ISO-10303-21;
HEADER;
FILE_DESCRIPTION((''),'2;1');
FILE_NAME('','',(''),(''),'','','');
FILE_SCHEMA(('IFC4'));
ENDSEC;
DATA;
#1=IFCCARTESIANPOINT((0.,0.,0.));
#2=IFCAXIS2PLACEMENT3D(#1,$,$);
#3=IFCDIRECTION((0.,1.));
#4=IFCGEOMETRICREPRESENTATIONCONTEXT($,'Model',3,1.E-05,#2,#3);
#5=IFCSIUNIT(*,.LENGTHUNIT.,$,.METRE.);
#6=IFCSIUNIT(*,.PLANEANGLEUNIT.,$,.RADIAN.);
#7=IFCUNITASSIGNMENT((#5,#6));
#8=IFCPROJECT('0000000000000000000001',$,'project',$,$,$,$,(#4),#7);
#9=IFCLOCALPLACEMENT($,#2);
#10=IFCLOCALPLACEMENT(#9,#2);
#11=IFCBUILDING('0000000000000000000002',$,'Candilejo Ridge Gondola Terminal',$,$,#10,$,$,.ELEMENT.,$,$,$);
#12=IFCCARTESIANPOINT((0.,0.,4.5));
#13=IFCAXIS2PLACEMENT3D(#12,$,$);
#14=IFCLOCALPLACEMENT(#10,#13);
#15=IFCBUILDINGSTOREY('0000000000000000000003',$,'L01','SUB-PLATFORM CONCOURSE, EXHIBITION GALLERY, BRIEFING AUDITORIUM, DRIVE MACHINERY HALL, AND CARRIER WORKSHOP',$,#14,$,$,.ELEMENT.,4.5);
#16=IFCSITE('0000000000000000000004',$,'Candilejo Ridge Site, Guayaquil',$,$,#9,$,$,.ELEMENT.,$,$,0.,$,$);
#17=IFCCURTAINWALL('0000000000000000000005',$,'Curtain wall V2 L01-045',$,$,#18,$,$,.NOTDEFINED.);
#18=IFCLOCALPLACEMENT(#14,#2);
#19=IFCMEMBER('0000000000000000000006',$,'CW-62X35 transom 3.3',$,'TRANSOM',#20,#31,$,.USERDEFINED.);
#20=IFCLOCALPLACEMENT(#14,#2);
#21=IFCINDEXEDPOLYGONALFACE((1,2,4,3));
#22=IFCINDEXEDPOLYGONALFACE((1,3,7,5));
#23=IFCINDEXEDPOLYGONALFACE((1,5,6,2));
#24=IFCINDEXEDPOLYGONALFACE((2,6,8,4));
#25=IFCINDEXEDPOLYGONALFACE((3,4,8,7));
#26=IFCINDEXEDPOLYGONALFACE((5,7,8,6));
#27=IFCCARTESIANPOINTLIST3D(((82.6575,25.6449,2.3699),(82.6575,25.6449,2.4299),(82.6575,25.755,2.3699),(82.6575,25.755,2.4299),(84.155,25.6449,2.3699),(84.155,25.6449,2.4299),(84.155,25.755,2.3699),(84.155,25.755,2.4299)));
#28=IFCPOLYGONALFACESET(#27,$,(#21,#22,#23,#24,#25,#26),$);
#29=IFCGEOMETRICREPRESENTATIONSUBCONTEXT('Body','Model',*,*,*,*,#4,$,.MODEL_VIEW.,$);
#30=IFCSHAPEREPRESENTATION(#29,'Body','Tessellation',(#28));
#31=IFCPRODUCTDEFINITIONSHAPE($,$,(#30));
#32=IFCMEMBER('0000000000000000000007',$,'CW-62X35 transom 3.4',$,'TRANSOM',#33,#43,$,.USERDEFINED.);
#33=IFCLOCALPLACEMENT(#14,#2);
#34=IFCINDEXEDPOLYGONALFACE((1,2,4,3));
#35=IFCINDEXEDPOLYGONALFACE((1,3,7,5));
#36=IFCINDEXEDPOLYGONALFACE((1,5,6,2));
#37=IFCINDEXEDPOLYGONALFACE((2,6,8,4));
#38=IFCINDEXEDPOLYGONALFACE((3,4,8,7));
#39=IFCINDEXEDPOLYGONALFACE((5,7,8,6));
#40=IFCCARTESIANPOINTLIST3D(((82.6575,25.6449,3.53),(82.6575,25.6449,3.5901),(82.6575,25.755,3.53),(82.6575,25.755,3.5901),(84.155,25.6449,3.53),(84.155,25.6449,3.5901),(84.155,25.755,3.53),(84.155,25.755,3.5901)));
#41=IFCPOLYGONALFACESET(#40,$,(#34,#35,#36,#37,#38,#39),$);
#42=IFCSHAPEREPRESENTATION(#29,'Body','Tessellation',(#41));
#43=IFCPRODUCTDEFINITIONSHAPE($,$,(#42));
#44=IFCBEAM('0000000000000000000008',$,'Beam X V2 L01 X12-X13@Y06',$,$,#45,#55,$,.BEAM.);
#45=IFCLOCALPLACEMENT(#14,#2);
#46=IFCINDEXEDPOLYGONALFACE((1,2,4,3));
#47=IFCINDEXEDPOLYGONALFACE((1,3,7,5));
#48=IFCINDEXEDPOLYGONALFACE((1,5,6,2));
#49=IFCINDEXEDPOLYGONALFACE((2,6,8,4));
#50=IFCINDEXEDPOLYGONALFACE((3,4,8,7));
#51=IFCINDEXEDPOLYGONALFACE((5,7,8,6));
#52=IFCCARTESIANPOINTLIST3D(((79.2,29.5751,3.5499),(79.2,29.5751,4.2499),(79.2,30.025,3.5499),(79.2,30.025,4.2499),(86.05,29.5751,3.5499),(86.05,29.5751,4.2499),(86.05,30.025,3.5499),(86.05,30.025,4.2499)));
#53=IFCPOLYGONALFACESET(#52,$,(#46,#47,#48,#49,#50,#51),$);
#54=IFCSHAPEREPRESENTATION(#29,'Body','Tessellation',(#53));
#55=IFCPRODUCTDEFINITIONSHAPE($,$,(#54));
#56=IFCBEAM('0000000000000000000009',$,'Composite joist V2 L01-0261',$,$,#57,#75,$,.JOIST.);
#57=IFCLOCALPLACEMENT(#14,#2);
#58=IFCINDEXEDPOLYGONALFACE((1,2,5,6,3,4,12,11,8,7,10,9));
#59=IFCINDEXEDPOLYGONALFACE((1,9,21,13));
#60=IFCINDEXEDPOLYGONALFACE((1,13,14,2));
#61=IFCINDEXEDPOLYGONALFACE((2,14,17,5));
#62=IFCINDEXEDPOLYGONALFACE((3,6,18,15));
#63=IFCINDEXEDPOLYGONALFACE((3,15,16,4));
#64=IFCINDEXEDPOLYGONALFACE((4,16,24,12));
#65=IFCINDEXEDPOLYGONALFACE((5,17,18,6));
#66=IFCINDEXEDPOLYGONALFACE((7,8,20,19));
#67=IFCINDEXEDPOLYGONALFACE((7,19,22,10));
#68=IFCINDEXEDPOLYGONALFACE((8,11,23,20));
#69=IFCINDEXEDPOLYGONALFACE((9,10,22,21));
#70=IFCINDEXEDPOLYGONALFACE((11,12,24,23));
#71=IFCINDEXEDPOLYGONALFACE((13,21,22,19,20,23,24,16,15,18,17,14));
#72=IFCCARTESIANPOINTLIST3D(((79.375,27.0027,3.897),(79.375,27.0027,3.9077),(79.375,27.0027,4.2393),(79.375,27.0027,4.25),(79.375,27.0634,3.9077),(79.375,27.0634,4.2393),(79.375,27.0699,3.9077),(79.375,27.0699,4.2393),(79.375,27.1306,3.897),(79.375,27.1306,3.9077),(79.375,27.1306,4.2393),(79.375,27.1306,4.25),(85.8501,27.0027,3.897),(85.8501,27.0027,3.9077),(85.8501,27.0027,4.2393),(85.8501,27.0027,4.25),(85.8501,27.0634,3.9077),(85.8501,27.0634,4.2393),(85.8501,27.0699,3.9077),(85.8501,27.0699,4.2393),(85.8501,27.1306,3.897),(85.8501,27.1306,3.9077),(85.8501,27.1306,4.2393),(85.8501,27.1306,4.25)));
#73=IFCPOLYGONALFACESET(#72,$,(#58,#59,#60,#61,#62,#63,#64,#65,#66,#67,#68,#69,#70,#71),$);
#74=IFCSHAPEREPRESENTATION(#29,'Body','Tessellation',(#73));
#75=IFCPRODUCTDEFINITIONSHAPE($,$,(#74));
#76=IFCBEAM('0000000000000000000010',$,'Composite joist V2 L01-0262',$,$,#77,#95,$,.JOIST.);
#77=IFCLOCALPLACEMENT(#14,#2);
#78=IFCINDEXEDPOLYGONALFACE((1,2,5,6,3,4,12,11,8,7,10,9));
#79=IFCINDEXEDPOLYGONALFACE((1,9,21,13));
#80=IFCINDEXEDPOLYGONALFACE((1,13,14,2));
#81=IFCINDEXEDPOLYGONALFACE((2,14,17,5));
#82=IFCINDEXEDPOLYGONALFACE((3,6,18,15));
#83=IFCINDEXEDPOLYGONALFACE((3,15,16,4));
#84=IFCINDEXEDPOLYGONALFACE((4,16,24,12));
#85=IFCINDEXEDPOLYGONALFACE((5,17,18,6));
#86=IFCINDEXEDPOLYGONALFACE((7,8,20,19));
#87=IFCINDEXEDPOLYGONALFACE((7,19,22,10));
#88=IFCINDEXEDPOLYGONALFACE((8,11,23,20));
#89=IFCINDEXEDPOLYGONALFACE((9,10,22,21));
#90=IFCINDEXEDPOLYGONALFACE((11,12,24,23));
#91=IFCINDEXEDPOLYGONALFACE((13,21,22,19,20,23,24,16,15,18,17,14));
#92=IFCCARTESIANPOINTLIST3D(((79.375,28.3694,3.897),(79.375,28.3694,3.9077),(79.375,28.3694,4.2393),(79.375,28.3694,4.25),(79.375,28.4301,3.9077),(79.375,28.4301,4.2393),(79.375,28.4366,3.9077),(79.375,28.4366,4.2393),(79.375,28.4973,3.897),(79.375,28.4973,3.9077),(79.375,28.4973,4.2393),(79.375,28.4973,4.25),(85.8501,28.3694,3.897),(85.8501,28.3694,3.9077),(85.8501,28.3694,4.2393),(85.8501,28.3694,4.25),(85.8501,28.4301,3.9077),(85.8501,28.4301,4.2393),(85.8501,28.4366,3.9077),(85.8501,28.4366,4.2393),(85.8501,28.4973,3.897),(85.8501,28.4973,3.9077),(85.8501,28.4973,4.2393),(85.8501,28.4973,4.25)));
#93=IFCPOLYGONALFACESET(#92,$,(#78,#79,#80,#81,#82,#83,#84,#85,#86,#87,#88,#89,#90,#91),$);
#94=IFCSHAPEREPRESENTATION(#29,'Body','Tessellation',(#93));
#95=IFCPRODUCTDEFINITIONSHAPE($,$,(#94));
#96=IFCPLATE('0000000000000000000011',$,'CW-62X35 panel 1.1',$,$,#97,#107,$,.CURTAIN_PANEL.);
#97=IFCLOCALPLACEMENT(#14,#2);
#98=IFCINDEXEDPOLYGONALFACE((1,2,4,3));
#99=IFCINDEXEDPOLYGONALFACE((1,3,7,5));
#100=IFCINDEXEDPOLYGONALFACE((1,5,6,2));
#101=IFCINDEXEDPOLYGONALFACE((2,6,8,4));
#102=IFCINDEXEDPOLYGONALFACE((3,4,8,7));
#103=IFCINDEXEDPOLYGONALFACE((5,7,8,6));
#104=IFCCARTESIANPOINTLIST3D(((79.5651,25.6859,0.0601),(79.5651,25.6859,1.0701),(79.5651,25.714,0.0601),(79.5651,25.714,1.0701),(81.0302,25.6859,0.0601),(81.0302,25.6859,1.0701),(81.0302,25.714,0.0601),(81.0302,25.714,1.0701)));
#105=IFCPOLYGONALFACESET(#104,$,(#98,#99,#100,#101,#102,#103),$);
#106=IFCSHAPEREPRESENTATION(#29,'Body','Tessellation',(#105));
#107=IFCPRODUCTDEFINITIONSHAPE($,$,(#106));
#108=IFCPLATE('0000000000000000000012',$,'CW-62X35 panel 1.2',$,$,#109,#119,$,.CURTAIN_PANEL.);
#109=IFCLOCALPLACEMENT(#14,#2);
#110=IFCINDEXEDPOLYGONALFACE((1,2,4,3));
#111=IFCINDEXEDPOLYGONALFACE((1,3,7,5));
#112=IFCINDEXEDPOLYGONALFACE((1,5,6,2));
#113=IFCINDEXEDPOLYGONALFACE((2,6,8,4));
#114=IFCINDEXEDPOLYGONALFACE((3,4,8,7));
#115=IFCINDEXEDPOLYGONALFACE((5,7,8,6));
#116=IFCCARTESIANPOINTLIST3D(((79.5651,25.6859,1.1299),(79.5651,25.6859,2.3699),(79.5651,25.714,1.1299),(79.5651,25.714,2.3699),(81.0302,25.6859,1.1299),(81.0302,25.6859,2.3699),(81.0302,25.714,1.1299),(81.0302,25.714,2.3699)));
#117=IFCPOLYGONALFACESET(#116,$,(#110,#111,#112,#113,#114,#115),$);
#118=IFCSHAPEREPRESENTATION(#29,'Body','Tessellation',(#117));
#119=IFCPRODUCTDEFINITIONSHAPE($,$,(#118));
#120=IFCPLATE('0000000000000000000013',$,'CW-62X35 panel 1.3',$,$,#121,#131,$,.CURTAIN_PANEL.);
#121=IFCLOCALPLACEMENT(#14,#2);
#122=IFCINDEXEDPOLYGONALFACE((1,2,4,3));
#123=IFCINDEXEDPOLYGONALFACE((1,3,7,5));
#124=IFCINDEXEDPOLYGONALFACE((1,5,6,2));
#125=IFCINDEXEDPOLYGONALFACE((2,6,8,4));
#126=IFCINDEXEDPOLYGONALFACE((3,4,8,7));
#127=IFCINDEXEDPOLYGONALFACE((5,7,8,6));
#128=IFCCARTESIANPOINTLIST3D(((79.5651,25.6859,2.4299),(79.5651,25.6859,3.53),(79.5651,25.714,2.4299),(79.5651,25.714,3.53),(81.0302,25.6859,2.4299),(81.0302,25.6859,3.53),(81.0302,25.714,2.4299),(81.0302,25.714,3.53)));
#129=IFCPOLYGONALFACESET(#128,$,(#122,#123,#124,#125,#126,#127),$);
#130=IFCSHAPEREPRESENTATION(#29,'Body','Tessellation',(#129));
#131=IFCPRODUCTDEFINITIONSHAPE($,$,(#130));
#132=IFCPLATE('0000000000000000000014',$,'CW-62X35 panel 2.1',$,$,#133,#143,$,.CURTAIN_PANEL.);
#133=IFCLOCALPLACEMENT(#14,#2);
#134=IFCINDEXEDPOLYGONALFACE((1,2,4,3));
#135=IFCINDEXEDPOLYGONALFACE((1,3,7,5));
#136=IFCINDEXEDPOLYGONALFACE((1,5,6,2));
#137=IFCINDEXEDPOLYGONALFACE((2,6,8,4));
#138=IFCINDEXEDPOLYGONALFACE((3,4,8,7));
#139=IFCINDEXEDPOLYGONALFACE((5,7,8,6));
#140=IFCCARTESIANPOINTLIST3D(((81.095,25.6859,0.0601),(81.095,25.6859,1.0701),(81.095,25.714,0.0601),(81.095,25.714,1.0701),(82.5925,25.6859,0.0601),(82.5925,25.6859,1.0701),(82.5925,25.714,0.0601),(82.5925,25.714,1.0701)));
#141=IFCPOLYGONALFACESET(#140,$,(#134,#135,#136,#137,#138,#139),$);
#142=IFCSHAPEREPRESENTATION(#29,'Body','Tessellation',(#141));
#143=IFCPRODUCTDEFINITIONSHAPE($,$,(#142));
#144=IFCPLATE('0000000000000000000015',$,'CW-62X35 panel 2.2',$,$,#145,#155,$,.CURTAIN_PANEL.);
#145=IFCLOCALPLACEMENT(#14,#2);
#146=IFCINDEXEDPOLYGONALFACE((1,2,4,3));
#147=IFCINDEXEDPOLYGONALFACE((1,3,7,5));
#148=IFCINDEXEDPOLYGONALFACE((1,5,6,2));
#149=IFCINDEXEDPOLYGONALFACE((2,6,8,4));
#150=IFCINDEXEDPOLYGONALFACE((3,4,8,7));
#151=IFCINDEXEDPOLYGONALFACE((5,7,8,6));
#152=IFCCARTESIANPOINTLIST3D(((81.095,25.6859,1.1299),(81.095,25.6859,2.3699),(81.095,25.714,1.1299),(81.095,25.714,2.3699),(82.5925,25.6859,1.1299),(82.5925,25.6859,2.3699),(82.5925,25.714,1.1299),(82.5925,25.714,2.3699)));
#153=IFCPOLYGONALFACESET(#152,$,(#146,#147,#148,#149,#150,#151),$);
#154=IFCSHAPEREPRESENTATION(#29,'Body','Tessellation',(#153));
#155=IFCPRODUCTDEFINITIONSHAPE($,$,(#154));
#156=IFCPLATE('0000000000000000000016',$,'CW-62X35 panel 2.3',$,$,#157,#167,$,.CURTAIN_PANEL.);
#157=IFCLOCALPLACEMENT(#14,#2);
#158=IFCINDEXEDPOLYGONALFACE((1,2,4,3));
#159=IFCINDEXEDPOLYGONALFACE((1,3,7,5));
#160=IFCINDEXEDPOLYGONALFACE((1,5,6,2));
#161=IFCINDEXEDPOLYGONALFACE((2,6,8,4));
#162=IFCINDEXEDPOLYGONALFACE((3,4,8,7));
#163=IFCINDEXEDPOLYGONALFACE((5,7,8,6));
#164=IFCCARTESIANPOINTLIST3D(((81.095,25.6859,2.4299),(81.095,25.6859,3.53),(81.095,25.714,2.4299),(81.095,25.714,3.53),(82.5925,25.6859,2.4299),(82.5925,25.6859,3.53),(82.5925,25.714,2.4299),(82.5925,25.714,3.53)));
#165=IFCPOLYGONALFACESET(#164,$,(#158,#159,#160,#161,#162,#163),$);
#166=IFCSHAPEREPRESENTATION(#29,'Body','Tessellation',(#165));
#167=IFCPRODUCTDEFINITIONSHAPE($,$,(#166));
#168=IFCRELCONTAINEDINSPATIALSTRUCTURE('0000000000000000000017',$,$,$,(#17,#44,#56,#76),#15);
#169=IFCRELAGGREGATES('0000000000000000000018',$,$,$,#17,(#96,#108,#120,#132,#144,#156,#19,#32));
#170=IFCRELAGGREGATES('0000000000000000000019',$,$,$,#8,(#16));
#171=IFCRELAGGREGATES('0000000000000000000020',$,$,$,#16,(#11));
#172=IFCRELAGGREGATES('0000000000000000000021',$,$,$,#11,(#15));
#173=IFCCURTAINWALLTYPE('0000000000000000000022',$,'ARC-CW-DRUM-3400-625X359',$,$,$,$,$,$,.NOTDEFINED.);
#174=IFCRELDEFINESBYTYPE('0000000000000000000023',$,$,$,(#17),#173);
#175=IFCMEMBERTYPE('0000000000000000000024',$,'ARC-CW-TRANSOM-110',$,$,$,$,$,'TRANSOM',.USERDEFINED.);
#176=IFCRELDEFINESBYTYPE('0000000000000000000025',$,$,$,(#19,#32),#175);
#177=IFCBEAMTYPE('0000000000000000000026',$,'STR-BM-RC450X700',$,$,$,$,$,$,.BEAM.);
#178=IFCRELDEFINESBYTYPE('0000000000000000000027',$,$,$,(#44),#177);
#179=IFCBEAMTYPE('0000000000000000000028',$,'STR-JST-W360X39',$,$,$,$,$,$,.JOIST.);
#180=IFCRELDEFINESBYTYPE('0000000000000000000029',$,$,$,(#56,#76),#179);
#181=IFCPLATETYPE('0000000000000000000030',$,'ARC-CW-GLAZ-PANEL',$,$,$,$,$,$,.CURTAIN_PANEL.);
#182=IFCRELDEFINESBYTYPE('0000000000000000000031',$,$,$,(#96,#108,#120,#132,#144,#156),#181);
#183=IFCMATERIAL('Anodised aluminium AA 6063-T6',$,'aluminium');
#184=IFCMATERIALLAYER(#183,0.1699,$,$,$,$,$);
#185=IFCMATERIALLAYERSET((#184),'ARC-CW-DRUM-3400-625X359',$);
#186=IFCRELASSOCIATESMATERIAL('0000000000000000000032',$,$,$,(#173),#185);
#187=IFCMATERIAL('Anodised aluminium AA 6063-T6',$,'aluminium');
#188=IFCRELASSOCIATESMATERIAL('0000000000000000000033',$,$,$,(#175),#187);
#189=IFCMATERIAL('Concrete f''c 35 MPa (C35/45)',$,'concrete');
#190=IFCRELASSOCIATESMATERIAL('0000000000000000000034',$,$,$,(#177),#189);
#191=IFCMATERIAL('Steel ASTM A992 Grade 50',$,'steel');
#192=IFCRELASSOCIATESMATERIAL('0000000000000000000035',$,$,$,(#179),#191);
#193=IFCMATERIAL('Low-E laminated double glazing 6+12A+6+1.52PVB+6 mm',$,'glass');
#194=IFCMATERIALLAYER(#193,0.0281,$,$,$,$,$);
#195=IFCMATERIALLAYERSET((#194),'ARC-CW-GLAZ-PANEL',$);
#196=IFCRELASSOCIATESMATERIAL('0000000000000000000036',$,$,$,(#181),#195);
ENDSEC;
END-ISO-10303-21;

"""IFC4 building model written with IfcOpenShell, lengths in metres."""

from ifc_helpers import new_model, si_unit, direction, frame, origin, origin_2d, place, context, subcontext, project, spatial, rectangle, i_section, extrude, material, layer, layer_set, material_profile, profile_set, type_object, element, aggregate, save


model = new_model("IFC4")

# Units and contexts
model_context = context("Model", 3, precision=1e-05, world=origin(), true_north=direction((0.0, 1.0)))
body_context = subcontext(model_context, "Body", "Model", "MODEL_VIEW")
ifc_project = project(units=[si_unit("LENGTHUNIT", "METRE"), si_unit("PLANEANGLEUNIT", "RADIAN")], contexts=[model_context])

# Site, building, storey
site_placement = place(None, origin())
site = spatial("IfcSite", under=ifc_project, at=site_placement, Name="Candilejo Ridge Site, Guayaquil", CompositionType="ELEMENT", RefElevation=0.0)
building_placement = place(site_placement, origin())
building = spatial("IfcBuilding", under=site, at=building_placement, Name="Candilejo Ridge Gondola Terminal", CompositionType="ELEMENT")
storey_placement = place(building_placement, frame((0.0, 0.0, 4.5)))
storey = spatial("IfcBuildingStorey", under=building, at=storey_placement, Name="L01", Description="SUB-PLATFORM CONCOURSE, EXHIBITION GALLERY, BRIEFING AUDITORIUM, DRIVE MACHINERY HALL, AND CARRIER WORKSHOP", CompositionType="ELEMENT", Elevation=4.5)

# Curtain wall, members
ifc_material_1 = material(Name="Anodised aluminium AA 6063-T6", Category="aluminium")
ifc_layer_1 = layer(ifc_material_1, 0.1699)
ifc_layer_set_1 = layer_set([ifc_layer_1], Name="ARC-CW-DRUM-3400-625X359")
curtain_wall_type = type_object("IfcCurtainWallType", Name="ARC-CW-DRUM-3400-625X359", PredefinedType="NOTDEFINED", material=ifc_layer_set_1)
curtain_wall_placement = place(storey_placement, origin())
curtain_wall = element("IfcCurtainWall", 1, at=curtain_wall_placement, inside=storey, type_object=curtain_wall_type, Name="Curtain wall V2 L01-045", PredefinedType="NOTDEFINED")
ifc_material_2 = material(Name="Anodised aluminium AA 6063-T6", Category="aluminium")
ifc_material_profile_1 = material_profile(ifc_material_2, rectangle(XDim=0.1101, YDim=0.0601, at=origin_2d()))
ifc_profile_set_1 = profile_set([ifc_material_profile_1], Name="Anodised aluminium AA 6063-T6")
member_type_1 = type_object("IfcMemberType", Name="ARC-CW-TRANSOM-110", ElementType="TRANSOM", PredefinedType="USERDEFINED", material=ifc_profile_set_1)
member_1_placement = place(storey_placement, frame((82.6575, 25.7, 2.3999), z_axis=(1.0, 0.0, 0.0), x_axis=(0.0, 1.0, 0.0)))
member_1 = element("IfcMember", 2, at=member_1_placement, type_object=member_type_1, Name="CW-62X35 transom 3.3", ObjectType="TRANSOM", PredefinedType="USERDEFINED", context=body_context, shape_type="SweptSolid", body=[
    extrude(rectangle(XDim=0.1101, YDim=0.0601, at=origin_2d()), origin(), (0.0, 0.0, 1.0), 1.4976),
])
member_2_placement = place(storey_placement, frame((82.6575, 25.7, 3.5601), z_axis=(1.0, 0.0, 0.0), x_axis=(0.0, 1.0, 0.0)))
member_2 = element("IfcMember", 3, at=member_2_placement, type_object=member_type_1, Name="CW-62X35 transom 3.4", ObjectType="TRANSOM", PredefinedType="USERDEFINED", context=body_context, shape_type="SweptSolid", body=[
    extrude(rectangle(XDim=0.1101, YDim=0.0601, at=origin_2d()), origin(), (0.0, 0.0, 1.0), 1.4976),
])

# Beams
ifc_material_3 = material(Name="Concrete f'c 35 MPa (C35/45)", Category="concrete")
ifc_material_profile_2 = material_profile(ifc_material_3, rectangle(XDim=0.45, YDim=0.7, at=origin_2d()))
ifc_profile_set_2 = profile_set([ifc_material_profile_2], Name="Concrete f'c 35 MPa (C35/45)")
beam_type_1 = type_object("IfcBeamType", Name="STR-BM-RC450X700", PredefinedType="BEAM", material=ifc_profile_set_2)
beam_placement = place(storey_placement, frame((79.2, 29.8, 3.8999), z_axis=(1.0, 0.0, 0.0), x_axis=(0.0, 1.0, 0.0)))
element("IfcBeam", 4, at=beam_placement, inside=storey, type_object=beam_type_1, Name="Beam X V2 L01 X12-X13@Y06", PredefinedType="BEAM", context=body_context, shape_type="SweptSolid", body=[
    extrude(rectangle(XDim=0.45, YDim=0.7, at=origin_2d()), origin(), (0.0, 0.0, 1.0), 6.8501),
])
ifc_material_4 = material(Name="Steel ASTM A992 Grade 50", Category="steel")
ifc_material_profile_3 = material_profile(ifc_material_4, i_section(OverallWidth=0.1279, OverallDepth=0.353, WebThickness=0.0066, FlangeThickness=0.0107, at=origin_2d()))
ifc_profile_set_3 = profile_set([ifc_material_profile_3], Name="Steel ASTM A992 Grade 50")
beam_type_2 = type_object("IfcBeamType", Name="STR-JST-W360X39", PredefinedType="JOIST", material=ifc_profile_set_3)
for number, where, z_axis, x_axis, name in (
    (5, (79.375, 27.0667, 4.0735), (1.0, 0.0, 0.0), (0.0, 1.0, 0.0), "Composite joist V2 L01-0261"),
    (6, (79.375, 28.4333, 4.0735), (1.0, 0.0, 0.0), (0.0, 1.0, 0.0), "Composite joist V2 L01-0262"),
):
    element("IfcBeam", number, at=place(storey_placement, frame(where, z_axis=z_axis, x_axis=x_axis)), inside=storey, type_object=beam_type_2, Name=name, PredefinedType="JOIST", context=body_context, shape_type="SweptSolid", body=[
        extrude(i_section(OverallWidth=0.1279, OverallDepth=0.353, WebThickness=0.0066, FlangeThickness=0.0107, at=origin_2d()), origin(), (0.0, 0.0, 1.0), 6.4751),
    ])

# Plates
ifc_material_5 = material(Name="Low-E laminated double glazing 6+12A+6+1.52PVB+6 mm", Category="glass")
ifc_layer_2 = layer(ifc_material_5, 0.0281)
ifc_layer_set_2 = layer_set([ifc_layer_2], Name="ARC-CW-GLAZ-PANEL")
plate_type = type_object("IfcPlateType", Name="ARC-CW-GLAZ-PANEL", PredefinedType="CURTAIN_PANEL", material=ifc_layer_set_2)
plate_1_placement = place(storey_placement, frame((80.2976, 25.7, 0.0601), z_axis=(0.0, 0.0, 1.0), x_axis=(1.0, 0.0, 0.0)))
plate_1 = element("IfcPlate", 7, at=plate_1_placement, type_object=plate_type, Name="CW-62X35 panel 1.1", PredefinedType="CURTAIN_PANEL", context=body_context, shape_type="SweptSolid", body=[
    extrude(rectangle(XDim=1.4651, YDim=0.0281, at=origin_2d()), origin(), (0.0, 0.0, 1.0), 1.01),
])
plate_2_placement = place(storey_placement, frame((80.2976, 25.7, 1.1299), z_axis=(0.0, 0.0, 1.0), x_axis=(1.0, 0.0, 0.0)))
plate_2 = element("IfcPlate", 8, at=plate_2_placement, type_object=plate_type, Name="CW-62X35 panel 1.2", PredefinedType="CURTAIN_PANEL", context=body_context, shape_type="SweptSolid", body=[
    extrude(rectangle(XDim=1.4651, YDim=0.0281, at=origin_2d()), origin(), (0.0, 0.0, 1.0), 1.24),
])
plate_3_placement = place(storey_placement, frame((80.2976, 25.7, 2.4299), z_axis=(0.0, 0.0, 1.0), x_axis=(1.0, 0.0, 0.0)))
plate_3 = element("IfcPlate", 9, at=plate_3_placement, type_object=plate_type, Name="CW-62X35 panel 1.3", PredefinedType="CURTAIN_PANEL", context=body_context, shape_type="SweptSolid", body=[
    extrude(rectangle(XDim=1.4651, YDim=0.0281, at=origin_2d()), origin(), (0.0, 0.0, 1.0), 1.1001),
])
plate_4_placement = place(storey_placement, frame((81.8438, 25.7, 0.0601), z_axis=(0.0, 0.0, 1.0), x_axis=(1.0, 0.0, 0.0)))
plate_4 = element("IfcPlate", 10, at=plate_4_placement, type_object=plate_type, Name="CW-62X35 panel 2.1", PredefinedType="CURTAIN_PANEL", context=body_context, shape_type="SweptSolid", body=[
    extrude(rectangle(XDim=1.4976, YDim=0.0281, at=origin_2d()), origin(), (0.0, 0.0, 1.0), 1.01),
])
plate_5_placement = place(storey_placement, frame((81.8438, 25.7, 1.1299), z_axis=(0.0, 0.0, 1.0), x_axis=(1.0, 0.0, 0.0)))
plate_5 = element("IfcPlate", 11, at=plate_5_placement, type_object=plate_type, Name="CW-62X35 panel 2.2", PredefinedType="CURTAIN_PANEL", context=body_context, shape_type="SweptSolid", body=[
    extrude(rectangle(XDim=1.4976, YDim=0.0281, at=origin_2d()), origin(), (0.0, 0.0, 1.0), 1.24),
])
plate_6_placement = place(storey_placement, frame((81.8438, 25.7, 2.4299), z_axis=(0.0, 0.0, 1.0), x_axis=(1.0, 0.0, 0.0)))
plate_6 = element("IfcPlate", 12, at=plate_6_placement, type_object=plate_type, Name="CW-62X35 panel 2.3", PredefinedType="CURTAIN_PANEL", context=body_context, shape_type="SweptSolid", body=[
    extrude(rectangle(XDim=1.4976, YDim=0.0281, at=origin_2d()), origin(), (0.0, 0.0, 1.0), 1.1001),
])
aggregate(curtain_wall, [plate_1, plate_2, plate_3, plate_4, plate_5, plate_6, member_1, member_2])

save(model, "model.ifc")
